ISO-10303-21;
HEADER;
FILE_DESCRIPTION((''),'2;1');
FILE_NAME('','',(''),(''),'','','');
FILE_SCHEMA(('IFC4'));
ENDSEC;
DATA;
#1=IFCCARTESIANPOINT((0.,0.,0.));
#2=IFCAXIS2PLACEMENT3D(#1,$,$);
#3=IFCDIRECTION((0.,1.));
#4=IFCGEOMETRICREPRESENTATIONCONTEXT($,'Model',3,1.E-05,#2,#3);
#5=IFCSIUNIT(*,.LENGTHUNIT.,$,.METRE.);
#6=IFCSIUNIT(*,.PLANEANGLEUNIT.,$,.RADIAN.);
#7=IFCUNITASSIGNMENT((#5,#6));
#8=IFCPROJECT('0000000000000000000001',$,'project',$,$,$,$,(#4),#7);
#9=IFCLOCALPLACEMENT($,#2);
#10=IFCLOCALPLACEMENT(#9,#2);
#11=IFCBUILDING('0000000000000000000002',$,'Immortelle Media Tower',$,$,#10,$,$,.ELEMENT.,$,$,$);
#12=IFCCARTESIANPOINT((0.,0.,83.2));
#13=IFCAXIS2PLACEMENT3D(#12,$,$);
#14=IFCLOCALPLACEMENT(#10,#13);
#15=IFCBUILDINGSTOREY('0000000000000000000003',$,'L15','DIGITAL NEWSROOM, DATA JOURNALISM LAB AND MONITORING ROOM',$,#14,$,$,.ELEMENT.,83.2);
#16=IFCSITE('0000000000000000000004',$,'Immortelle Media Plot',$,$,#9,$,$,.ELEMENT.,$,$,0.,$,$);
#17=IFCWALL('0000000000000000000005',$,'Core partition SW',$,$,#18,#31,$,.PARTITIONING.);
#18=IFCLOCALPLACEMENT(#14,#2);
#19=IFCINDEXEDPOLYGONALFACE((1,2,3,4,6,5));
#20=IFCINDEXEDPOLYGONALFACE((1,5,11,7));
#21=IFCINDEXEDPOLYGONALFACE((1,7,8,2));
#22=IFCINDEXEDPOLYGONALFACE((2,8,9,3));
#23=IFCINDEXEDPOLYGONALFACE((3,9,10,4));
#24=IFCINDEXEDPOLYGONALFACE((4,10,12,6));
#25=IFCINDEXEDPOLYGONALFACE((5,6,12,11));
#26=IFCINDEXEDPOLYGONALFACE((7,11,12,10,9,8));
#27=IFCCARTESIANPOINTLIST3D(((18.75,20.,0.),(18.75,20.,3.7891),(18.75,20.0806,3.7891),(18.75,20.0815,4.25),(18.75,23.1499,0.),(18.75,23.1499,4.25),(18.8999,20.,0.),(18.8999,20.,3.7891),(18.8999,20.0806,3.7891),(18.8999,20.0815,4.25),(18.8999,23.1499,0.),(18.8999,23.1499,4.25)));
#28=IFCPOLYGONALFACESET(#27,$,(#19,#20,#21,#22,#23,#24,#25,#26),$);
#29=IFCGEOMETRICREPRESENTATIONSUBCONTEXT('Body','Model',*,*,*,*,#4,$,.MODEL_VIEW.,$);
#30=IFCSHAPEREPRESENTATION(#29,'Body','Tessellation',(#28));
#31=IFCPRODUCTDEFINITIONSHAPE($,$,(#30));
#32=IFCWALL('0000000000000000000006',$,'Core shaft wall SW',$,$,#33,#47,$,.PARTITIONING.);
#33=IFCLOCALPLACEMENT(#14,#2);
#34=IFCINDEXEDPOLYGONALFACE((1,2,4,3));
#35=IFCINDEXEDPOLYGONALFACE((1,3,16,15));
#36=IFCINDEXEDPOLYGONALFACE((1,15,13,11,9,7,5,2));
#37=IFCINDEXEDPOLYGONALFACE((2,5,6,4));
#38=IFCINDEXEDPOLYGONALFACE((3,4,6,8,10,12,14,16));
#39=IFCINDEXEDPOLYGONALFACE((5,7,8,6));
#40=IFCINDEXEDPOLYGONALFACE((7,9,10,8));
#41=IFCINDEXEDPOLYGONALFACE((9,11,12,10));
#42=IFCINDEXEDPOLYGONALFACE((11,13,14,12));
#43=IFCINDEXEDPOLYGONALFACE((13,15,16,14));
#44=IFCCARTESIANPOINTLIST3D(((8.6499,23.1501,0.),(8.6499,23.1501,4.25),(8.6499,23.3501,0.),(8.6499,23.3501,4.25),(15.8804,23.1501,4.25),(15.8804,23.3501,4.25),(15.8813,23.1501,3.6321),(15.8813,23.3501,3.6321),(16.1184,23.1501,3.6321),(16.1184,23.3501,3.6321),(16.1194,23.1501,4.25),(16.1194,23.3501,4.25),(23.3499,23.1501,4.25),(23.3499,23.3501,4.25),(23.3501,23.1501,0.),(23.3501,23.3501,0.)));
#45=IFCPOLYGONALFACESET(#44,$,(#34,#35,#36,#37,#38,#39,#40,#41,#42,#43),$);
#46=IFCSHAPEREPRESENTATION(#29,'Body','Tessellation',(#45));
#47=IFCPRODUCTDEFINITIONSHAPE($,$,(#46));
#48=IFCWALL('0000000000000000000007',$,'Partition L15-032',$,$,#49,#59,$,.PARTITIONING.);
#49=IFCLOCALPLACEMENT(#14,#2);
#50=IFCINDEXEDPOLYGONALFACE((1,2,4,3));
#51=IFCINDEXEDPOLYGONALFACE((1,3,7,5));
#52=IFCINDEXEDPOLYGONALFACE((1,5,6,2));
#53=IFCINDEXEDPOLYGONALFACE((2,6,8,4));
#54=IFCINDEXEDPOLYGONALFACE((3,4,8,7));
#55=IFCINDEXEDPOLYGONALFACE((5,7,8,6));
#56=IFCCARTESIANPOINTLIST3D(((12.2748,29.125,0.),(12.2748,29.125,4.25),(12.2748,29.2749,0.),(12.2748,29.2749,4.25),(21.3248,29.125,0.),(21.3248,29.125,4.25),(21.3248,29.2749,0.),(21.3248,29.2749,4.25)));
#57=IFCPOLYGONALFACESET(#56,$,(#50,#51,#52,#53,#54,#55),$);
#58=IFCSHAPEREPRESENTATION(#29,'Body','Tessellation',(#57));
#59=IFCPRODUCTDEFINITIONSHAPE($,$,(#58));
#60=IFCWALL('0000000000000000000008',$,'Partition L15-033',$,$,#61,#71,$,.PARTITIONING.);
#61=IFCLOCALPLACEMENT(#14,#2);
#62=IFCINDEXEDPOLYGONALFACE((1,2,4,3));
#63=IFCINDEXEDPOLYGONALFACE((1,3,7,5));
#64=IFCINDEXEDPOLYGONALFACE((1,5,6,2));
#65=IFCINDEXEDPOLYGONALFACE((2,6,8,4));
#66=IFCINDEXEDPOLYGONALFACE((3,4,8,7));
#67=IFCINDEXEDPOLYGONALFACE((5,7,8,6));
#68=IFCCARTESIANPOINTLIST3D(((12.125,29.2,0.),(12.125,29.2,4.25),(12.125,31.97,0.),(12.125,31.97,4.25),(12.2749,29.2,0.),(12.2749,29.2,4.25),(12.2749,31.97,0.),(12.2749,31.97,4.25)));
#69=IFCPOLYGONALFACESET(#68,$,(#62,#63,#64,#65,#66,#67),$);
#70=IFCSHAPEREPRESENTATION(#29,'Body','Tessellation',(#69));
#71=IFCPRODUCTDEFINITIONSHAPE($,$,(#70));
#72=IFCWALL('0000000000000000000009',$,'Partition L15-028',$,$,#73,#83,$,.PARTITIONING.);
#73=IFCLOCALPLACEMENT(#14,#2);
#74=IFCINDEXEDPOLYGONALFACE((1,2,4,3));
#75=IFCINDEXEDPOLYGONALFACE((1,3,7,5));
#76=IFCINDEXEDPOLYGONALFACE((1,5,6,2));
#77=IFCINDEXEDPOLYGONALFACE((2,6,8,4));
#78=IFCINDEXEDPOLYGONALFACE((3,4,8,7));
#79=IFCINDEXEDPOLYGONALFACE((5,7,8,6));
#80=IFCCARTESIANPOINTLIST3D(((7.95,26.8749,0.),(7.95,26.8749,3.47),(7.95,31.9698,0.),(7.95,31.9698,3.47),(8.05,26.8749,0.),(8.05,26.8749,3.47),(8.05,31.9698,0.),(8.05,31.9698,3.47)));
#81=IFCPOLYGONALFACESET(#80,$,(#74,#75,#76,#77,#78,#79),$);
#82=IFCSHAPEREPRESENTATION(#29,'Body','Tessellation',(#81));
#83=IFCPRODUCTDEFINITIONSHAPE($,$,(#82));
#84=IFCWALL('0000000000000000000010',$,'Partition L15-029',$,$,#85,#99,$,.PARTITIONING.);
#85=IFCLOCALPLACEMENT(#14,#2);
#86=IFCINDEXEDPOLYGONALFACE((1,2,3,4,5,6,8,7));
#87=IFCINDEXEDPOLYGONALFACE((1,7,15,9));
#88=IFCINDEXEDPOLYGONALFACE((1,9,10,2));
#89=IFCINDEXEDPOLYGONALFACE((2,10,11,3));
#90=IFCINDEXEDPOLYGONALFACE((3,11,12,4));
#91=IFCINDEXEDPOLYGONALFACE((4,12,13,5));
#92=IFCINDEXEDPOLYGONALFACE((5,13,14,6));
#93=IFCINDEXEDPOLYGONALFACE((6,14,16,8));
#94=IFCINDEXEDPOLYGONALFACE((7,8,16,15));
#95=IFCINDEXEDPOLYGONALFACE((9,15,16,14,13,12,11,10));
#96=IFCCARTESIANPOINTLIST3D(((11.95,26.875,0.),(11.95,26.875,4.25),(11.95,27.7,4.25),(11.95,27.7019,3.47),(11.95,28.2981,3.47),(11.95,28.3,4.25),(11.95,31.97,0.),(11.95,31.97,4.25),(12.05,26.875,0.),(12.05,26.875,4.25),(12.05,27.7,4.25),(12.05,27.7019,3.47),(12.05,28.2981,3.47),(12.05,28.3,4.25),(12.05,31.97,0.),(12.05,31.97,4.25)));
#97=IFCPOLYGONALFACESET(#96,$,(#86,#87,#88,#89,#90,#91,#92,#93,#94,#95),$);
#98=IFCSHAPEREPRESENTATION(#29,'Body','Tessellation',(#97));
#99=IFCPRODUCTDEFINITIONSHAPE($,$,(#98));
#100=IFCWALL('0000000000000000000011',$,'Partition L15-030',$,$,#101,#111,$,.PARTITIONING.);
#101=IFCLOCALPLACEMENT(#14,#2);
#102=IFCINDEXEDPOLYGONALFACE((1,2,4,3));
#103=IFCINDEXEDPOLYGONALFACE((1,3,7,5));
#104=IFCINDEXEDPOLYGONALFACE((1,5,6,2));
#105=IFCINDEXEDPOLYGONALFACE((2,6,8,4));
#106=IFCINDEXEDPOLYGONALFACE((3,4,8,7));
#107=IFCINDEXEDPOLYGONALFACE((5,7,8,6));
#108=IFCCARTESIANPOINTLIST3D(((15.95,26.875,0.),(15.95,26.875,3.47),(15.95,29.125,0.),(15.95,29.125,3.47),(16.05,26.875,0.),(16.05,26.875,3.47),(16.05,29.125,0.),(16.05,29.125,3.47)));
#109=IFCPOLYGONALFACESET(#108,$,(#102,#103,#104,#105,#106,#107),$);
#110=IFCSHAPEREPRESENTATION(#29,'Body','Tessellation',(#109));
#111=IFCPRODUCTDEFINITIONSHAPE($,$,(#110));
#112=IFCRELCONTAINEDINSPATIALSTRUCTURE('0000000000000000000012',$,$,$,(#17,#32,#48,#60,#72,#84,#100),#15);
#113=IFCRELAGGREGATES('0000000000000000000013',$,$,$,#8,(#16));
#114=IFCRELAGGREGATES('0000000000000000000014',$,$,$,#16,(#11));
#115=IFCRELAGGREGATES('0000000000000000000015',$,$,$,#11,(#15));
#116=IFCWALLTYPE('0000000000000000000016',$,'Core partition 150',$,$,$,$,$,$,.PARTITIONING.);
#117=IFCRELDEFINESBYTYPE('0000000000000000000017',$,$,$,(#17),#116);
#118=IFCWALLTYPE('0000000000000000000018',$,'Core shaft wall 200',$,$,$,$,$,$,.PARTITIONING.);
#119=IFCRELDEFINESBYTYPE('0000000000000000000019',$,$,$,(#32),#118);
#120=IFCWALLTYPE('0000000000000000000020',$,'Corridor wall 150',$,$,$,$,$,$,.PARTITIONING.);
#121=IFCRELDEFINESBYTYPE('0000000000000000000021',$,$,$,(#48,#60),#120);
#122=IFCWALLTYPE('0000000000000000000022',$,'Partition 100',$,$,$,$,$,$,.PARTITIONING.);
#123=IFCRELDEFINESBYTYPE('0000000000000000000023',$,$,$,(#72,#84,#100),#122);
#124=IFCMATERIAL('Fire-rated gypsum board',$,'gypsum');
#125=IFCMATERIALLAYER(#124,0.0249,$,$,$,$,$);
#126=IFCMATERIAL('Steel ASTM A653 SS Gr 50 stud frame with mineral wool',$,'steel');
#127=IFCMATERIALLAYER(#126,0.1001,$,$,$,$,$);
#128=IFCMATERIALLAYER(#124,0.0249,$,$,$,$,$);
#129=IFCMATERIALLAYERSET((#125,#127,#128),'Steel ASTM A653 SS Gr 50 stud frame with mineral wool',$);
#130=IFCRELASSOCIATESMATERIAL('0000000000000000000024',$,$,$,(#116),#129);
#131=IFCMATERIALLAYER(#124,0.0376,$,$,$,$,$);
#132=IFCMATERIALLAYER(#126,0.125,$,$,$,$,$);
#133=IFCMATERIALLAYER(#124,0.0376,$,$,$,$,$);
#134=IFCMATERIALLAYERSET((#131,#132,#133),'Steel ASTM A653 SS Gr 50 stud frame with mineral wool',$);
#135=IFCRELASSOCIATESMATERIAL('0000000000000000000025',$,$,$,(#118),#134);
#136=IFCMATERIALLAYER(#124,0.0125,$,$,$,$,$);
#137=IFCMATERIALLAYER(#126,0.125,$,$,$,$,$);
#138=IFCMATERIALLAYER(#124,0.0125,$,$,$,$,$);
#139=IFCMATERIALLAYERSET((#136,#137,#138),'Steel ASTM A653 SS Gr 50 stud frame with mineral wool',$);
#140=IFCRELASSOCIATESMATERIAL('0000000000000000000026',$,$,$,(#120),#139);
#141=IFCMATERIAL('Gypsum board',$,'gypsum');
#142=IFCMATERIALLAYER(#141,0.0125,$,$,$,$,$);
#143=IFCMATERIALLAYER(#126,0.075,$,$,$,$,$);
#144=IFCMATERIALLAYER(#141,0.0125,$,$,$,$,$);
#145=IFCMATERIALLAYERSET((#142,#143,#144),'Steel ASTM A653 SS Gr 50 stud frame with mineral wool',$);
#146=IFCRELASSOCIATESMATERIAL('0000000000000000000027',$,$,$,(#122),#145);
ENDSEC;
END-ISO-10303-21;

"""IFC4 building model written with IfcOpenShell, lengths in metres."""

from ifc_helpers import new_model, si_unit, direction, frame, frame_2d, origin, place, context, subcontext, project, spatial, polyline, rectangle, outline, extrude, material, layer, layer_set, type_object, element, save


model = new_model("IFC4")

# Units and contexts
model_context = context("Model", 3, precision=1e-05, world=origin(), true_north=direction((0.0, 1.0)))
body_context = subcontext(model_context, "Body", "Model", "MODEL_VIEW")
ifc_project = project(units=[si_unit("LENGTHUNIT", "METRE"), si_unit("PLANEANGLEUNIT", "RADIAN")], contexts=[model_context])

# Site, building, storey
site_placement = place(None, origin())
site = spatial("IfcSite", under=ifc_project, at=site_placement, Name="Immortelle Media Plot", CompositionType="ELEMENT", RefElevation=0.0)
building_placement = place(site_placement, origin())
building = spatial("IfcBuilding", under=site, at=building_placement, Name="Immortelle Media Tower", CompositionType="ELEMENT")
storey_placement = place(building_placement, frame((0.0, 0.0, 83.2)))
storey = spatial("IfcBuildingStorey", under=building, at=storey_placement, Name="L15", Description="DIGITAL NEWSROOM, DATA JOURNALISM LAB AND MONITORING ROOM", CompositionType="ELEMENT", Elevation=83.2)

# Walls
ifc_material_1 = material(Name="Fire-rated gypsum board", Category="gypsum")
ifc_layer_1 = layer(ifc_material_1, 0.0249)
ifc_material_2 = material(Name="Steel ASTM A653 SS Gr 50 stud frame with mineral wool", Category="steel")
ifc_layer_2 = layer(ifc_material_2, 0.1001)
ifc_layer_3 = layer(ifc_material_1, 0.0249)
ifc_layer_set_1 = layer_set([ifc_layer_1, ifc_layer_2, ifc_layer_3], Name="Steel ASTM A653 SS Gr 50 stud frame with mineral wool")
wall_type_1 = type_object("IfcWallType", Name="Core partition 150", PredefinedType="PARTITIONING", material=ifc_layer_set_1)
for number, where, z_axis, x_axis, name in (
    (1, (18.825, 20.0, 0.0), (0.0, 0.0, 1.0), (0.0, 1.0, 0.0), "Core partition SW"),
):
    element("IfcWall", number, at=place(storey_placement, frame(where, z_axis=z_axis, x_axis=x_axis)), inside=storey, type_object=wall_type_1, Name=name, PredefinedType="PARTITIONING", context=body_context, shape_type="SweptSolid", body=[
        extrude(outline(polyline([(0.0, 0.0), (3.1499, 0.0), (3.1499, 4.25), (0.0815, 4.25), (0.0806, 3.7891), (0.0, 3.7891), (0.0, 0.0)])), frame((0.0, 0.075, 0.0), z_axis=(0.0, -1.0, 0.0), x_axis=(1.0, 0.0, 0.0)), (0.0, 0.0, 1.0), 0.1499),
    ])
ifc_layer_4 = layer(ifc_material_1, 0.0376)
ifc_layer_5 = layer(ifc_material_2, 0.125)
ifc_layer_6 = layer(ifc_material_1, 0.0376)
ifc_layer_set_2 = layer_set([ifc_layer_4, ifc_layer_5, ifc_layer_6], Name="Steel ASTM A653 SS Gr 50 stud frame with mineral wool")
wall_type_2 = type_object("IfcWallType", Name="Core shaft wall 200", PredefinedType="PARTITIONING", material=ifc_layer_set_2)
wall_1_placement = place(storey_placement, frame((8.6499, 23.25, 0.0), z_axis=(0.0, 0.0, 1.0), x_axis=(1.0, 0.0, 0.0)))
element("IfcWall", 2, at=wall_1_placement, inside=storey, type_object=wall_type_2, Name="Core shaft wall SW", PredefinedType="PARTITIONING", context=body_context, shape_type="SweptSolid", body=[
    extrude(outline(polyline([(0.0, 0.0), (14.7002, 0.0), (14.7, 4.25), (7.4695, 4.25), (7.4685, 3.6321), (7.2314, 3.6321), (7.2305, 4.25), (0.0, 4.25), (0.0, 0.0)])), frame((0.0, 0.1001, 0.0), z_axis=(0.0, -1.0, 0.0), x_axis=(1.0, 0.0, 0.0)), (0.0, 0.0, 1.0), 0.2),
])
ifc_layer_7 = layer(ifc_material_1, 0.0125)
ifc_layer_8 = layer(ifc_material_2, 0.125)
ifc_layer_9 = layer(ifc_material_1, 0.0125)
ifc_layer_set_3 = layer_set([ifc_layer_7, ifc_layer_8, ifc_layer_9], Name="Steel ASTM A653 SS Gr 50 stud frame with mineral wool")
wall_type_3 = type_object("IfcWallType", Name="Corridor wall 150", PredefinedType="PARTITIONING", material=ifc_layer_set_3)
wall_2_placement = place(storey_placement, frame((12.2749, 29.2, 0.0), z_axis=(0.0, 0.0, 1.0), x_axis=(1.0, 0.0, 0.0)))
element("IfcWall", 3, at=wall_2_placement, inside=storey, type_object=wall_type_3, Name="Partition L15-032", PredefinedType="PARTITIONING", context=body_context, shape_type="SweptSolid", body=[
    extrude(rectangle(XDim=9.05, YDim=0.1499, at=frame_2d((4.5249, 0.0))), origin(), (0.0, 0.0, 1.0), 4.25),
])
wall_3_placement = place(storey_placement, frame((12.2, 29.2, 0.0), z_axis=(0.0, 0.0, 1.0), x_axis=(0.0, 1.0, 0.0)))
element("IfcWall", 4, at=wall_3_placement, inside=storey, type_object=wall_type_3, Name="Partition L15-033", PredefinedType="PARTITIONING", context=body_context, shape_type="SweptSolid", body=[
    extrude(rectangle(XDim=2.77, YDim=0.1499, at=frame_2d((1.385, 0.0))), origin(), (0.0, 0.0, 1.0), 4.25),
])
ifc_material_3 = material(Name="Gypsum board", Category="gypsum")
ifc_layer_10 = layer(ifc_material_3, 0.0125)
ifc_layer_11 = layer(ifc_material_2, 0.075)
ifc_layer_12 = layer(ifc_material_3, 0.0125)
ifc_layer_set_4 = layer_set([ifc_layer_10, ifc_layer_11, ifc_layer_12], Name="Steel ASTM A653 SS Gr 50 stud frame with mineral wool")
wall_type_4 = type_object("IfcWallType", Name="Partition 100", PredefinedType="PARTITIONING", material=ifc_layer_set_4)
wall_4_placement = place(storey_placement, frame((8.0, 26.875, 0.0), z_axis=(0.0, 0.0, 1.0), x_axis=(0.0, 1.0, 0.0)))
element("IfcWall", 5, at=wall_4_placement, inside=storey, type_object=wall_type_4, Name="Partition L15-028", PredefinedType="PARTITIONING", context=body_context, shape_type="SweptSolid", body=[
    extrude(rectangle(XDim=5.095, YDim=0.1001, at=frame_2d((2.5474, 0.0))), origin(), (0.0, 0.0, 1.0), 3.47),
])
wall_5_placement = place(storey_placement, frame((12.0, 26.875, 0.0), z_axis=(0.0, 0.0, 1.0), x_axis=(0.0, 1.0, 0.0)))
element("IfcWall", 6, at=wall_5_placement, inside=storey, type_object=wall_type_4, Name="Partition L15-029", PredefinedType="PARTITIONING", context=body_context, shape_type="SweptSolid", body=[
    extrude(outline(polyline([(0.0, 0.0), (5.095, 0.0), (5.095, 4.25), (1.425, 4.25), (1.4231, 3.47), (0.8269, 3.47), (0.825, 4.25), (0.0, 4.25), (0.0, 0.0)])), frame((0.0, 0.05, 0.0), z_axis=(0.0, -1.0, 0.0), x_axis=(1.0, 0.0, 0.0)), (0.0, 0.0, 1.0), 0.1001),
])
wall_6_placement = place(storey_placement, frame((16.0, 26.875, 0.0), z_axis=(0.0, 0.0, 1.0), x_axis=(0.0, 1.0, 0.0)))
element("IfcWall", 7, at=wall_6_placement, inside=storey, type_object=wall_type_4, Name="Partition L15-030", PredefinedType="PARTITIONING", context=body_context, shape_type="SweptSolid", body=[
    extrude(rectangle(XDim=2.25, YDim=0.1001, at=frame_2d((1.125, 0.0))), origin(), (0.0, 0.0, 1.0), 3.47),
])

save(model, "model.ifc")
